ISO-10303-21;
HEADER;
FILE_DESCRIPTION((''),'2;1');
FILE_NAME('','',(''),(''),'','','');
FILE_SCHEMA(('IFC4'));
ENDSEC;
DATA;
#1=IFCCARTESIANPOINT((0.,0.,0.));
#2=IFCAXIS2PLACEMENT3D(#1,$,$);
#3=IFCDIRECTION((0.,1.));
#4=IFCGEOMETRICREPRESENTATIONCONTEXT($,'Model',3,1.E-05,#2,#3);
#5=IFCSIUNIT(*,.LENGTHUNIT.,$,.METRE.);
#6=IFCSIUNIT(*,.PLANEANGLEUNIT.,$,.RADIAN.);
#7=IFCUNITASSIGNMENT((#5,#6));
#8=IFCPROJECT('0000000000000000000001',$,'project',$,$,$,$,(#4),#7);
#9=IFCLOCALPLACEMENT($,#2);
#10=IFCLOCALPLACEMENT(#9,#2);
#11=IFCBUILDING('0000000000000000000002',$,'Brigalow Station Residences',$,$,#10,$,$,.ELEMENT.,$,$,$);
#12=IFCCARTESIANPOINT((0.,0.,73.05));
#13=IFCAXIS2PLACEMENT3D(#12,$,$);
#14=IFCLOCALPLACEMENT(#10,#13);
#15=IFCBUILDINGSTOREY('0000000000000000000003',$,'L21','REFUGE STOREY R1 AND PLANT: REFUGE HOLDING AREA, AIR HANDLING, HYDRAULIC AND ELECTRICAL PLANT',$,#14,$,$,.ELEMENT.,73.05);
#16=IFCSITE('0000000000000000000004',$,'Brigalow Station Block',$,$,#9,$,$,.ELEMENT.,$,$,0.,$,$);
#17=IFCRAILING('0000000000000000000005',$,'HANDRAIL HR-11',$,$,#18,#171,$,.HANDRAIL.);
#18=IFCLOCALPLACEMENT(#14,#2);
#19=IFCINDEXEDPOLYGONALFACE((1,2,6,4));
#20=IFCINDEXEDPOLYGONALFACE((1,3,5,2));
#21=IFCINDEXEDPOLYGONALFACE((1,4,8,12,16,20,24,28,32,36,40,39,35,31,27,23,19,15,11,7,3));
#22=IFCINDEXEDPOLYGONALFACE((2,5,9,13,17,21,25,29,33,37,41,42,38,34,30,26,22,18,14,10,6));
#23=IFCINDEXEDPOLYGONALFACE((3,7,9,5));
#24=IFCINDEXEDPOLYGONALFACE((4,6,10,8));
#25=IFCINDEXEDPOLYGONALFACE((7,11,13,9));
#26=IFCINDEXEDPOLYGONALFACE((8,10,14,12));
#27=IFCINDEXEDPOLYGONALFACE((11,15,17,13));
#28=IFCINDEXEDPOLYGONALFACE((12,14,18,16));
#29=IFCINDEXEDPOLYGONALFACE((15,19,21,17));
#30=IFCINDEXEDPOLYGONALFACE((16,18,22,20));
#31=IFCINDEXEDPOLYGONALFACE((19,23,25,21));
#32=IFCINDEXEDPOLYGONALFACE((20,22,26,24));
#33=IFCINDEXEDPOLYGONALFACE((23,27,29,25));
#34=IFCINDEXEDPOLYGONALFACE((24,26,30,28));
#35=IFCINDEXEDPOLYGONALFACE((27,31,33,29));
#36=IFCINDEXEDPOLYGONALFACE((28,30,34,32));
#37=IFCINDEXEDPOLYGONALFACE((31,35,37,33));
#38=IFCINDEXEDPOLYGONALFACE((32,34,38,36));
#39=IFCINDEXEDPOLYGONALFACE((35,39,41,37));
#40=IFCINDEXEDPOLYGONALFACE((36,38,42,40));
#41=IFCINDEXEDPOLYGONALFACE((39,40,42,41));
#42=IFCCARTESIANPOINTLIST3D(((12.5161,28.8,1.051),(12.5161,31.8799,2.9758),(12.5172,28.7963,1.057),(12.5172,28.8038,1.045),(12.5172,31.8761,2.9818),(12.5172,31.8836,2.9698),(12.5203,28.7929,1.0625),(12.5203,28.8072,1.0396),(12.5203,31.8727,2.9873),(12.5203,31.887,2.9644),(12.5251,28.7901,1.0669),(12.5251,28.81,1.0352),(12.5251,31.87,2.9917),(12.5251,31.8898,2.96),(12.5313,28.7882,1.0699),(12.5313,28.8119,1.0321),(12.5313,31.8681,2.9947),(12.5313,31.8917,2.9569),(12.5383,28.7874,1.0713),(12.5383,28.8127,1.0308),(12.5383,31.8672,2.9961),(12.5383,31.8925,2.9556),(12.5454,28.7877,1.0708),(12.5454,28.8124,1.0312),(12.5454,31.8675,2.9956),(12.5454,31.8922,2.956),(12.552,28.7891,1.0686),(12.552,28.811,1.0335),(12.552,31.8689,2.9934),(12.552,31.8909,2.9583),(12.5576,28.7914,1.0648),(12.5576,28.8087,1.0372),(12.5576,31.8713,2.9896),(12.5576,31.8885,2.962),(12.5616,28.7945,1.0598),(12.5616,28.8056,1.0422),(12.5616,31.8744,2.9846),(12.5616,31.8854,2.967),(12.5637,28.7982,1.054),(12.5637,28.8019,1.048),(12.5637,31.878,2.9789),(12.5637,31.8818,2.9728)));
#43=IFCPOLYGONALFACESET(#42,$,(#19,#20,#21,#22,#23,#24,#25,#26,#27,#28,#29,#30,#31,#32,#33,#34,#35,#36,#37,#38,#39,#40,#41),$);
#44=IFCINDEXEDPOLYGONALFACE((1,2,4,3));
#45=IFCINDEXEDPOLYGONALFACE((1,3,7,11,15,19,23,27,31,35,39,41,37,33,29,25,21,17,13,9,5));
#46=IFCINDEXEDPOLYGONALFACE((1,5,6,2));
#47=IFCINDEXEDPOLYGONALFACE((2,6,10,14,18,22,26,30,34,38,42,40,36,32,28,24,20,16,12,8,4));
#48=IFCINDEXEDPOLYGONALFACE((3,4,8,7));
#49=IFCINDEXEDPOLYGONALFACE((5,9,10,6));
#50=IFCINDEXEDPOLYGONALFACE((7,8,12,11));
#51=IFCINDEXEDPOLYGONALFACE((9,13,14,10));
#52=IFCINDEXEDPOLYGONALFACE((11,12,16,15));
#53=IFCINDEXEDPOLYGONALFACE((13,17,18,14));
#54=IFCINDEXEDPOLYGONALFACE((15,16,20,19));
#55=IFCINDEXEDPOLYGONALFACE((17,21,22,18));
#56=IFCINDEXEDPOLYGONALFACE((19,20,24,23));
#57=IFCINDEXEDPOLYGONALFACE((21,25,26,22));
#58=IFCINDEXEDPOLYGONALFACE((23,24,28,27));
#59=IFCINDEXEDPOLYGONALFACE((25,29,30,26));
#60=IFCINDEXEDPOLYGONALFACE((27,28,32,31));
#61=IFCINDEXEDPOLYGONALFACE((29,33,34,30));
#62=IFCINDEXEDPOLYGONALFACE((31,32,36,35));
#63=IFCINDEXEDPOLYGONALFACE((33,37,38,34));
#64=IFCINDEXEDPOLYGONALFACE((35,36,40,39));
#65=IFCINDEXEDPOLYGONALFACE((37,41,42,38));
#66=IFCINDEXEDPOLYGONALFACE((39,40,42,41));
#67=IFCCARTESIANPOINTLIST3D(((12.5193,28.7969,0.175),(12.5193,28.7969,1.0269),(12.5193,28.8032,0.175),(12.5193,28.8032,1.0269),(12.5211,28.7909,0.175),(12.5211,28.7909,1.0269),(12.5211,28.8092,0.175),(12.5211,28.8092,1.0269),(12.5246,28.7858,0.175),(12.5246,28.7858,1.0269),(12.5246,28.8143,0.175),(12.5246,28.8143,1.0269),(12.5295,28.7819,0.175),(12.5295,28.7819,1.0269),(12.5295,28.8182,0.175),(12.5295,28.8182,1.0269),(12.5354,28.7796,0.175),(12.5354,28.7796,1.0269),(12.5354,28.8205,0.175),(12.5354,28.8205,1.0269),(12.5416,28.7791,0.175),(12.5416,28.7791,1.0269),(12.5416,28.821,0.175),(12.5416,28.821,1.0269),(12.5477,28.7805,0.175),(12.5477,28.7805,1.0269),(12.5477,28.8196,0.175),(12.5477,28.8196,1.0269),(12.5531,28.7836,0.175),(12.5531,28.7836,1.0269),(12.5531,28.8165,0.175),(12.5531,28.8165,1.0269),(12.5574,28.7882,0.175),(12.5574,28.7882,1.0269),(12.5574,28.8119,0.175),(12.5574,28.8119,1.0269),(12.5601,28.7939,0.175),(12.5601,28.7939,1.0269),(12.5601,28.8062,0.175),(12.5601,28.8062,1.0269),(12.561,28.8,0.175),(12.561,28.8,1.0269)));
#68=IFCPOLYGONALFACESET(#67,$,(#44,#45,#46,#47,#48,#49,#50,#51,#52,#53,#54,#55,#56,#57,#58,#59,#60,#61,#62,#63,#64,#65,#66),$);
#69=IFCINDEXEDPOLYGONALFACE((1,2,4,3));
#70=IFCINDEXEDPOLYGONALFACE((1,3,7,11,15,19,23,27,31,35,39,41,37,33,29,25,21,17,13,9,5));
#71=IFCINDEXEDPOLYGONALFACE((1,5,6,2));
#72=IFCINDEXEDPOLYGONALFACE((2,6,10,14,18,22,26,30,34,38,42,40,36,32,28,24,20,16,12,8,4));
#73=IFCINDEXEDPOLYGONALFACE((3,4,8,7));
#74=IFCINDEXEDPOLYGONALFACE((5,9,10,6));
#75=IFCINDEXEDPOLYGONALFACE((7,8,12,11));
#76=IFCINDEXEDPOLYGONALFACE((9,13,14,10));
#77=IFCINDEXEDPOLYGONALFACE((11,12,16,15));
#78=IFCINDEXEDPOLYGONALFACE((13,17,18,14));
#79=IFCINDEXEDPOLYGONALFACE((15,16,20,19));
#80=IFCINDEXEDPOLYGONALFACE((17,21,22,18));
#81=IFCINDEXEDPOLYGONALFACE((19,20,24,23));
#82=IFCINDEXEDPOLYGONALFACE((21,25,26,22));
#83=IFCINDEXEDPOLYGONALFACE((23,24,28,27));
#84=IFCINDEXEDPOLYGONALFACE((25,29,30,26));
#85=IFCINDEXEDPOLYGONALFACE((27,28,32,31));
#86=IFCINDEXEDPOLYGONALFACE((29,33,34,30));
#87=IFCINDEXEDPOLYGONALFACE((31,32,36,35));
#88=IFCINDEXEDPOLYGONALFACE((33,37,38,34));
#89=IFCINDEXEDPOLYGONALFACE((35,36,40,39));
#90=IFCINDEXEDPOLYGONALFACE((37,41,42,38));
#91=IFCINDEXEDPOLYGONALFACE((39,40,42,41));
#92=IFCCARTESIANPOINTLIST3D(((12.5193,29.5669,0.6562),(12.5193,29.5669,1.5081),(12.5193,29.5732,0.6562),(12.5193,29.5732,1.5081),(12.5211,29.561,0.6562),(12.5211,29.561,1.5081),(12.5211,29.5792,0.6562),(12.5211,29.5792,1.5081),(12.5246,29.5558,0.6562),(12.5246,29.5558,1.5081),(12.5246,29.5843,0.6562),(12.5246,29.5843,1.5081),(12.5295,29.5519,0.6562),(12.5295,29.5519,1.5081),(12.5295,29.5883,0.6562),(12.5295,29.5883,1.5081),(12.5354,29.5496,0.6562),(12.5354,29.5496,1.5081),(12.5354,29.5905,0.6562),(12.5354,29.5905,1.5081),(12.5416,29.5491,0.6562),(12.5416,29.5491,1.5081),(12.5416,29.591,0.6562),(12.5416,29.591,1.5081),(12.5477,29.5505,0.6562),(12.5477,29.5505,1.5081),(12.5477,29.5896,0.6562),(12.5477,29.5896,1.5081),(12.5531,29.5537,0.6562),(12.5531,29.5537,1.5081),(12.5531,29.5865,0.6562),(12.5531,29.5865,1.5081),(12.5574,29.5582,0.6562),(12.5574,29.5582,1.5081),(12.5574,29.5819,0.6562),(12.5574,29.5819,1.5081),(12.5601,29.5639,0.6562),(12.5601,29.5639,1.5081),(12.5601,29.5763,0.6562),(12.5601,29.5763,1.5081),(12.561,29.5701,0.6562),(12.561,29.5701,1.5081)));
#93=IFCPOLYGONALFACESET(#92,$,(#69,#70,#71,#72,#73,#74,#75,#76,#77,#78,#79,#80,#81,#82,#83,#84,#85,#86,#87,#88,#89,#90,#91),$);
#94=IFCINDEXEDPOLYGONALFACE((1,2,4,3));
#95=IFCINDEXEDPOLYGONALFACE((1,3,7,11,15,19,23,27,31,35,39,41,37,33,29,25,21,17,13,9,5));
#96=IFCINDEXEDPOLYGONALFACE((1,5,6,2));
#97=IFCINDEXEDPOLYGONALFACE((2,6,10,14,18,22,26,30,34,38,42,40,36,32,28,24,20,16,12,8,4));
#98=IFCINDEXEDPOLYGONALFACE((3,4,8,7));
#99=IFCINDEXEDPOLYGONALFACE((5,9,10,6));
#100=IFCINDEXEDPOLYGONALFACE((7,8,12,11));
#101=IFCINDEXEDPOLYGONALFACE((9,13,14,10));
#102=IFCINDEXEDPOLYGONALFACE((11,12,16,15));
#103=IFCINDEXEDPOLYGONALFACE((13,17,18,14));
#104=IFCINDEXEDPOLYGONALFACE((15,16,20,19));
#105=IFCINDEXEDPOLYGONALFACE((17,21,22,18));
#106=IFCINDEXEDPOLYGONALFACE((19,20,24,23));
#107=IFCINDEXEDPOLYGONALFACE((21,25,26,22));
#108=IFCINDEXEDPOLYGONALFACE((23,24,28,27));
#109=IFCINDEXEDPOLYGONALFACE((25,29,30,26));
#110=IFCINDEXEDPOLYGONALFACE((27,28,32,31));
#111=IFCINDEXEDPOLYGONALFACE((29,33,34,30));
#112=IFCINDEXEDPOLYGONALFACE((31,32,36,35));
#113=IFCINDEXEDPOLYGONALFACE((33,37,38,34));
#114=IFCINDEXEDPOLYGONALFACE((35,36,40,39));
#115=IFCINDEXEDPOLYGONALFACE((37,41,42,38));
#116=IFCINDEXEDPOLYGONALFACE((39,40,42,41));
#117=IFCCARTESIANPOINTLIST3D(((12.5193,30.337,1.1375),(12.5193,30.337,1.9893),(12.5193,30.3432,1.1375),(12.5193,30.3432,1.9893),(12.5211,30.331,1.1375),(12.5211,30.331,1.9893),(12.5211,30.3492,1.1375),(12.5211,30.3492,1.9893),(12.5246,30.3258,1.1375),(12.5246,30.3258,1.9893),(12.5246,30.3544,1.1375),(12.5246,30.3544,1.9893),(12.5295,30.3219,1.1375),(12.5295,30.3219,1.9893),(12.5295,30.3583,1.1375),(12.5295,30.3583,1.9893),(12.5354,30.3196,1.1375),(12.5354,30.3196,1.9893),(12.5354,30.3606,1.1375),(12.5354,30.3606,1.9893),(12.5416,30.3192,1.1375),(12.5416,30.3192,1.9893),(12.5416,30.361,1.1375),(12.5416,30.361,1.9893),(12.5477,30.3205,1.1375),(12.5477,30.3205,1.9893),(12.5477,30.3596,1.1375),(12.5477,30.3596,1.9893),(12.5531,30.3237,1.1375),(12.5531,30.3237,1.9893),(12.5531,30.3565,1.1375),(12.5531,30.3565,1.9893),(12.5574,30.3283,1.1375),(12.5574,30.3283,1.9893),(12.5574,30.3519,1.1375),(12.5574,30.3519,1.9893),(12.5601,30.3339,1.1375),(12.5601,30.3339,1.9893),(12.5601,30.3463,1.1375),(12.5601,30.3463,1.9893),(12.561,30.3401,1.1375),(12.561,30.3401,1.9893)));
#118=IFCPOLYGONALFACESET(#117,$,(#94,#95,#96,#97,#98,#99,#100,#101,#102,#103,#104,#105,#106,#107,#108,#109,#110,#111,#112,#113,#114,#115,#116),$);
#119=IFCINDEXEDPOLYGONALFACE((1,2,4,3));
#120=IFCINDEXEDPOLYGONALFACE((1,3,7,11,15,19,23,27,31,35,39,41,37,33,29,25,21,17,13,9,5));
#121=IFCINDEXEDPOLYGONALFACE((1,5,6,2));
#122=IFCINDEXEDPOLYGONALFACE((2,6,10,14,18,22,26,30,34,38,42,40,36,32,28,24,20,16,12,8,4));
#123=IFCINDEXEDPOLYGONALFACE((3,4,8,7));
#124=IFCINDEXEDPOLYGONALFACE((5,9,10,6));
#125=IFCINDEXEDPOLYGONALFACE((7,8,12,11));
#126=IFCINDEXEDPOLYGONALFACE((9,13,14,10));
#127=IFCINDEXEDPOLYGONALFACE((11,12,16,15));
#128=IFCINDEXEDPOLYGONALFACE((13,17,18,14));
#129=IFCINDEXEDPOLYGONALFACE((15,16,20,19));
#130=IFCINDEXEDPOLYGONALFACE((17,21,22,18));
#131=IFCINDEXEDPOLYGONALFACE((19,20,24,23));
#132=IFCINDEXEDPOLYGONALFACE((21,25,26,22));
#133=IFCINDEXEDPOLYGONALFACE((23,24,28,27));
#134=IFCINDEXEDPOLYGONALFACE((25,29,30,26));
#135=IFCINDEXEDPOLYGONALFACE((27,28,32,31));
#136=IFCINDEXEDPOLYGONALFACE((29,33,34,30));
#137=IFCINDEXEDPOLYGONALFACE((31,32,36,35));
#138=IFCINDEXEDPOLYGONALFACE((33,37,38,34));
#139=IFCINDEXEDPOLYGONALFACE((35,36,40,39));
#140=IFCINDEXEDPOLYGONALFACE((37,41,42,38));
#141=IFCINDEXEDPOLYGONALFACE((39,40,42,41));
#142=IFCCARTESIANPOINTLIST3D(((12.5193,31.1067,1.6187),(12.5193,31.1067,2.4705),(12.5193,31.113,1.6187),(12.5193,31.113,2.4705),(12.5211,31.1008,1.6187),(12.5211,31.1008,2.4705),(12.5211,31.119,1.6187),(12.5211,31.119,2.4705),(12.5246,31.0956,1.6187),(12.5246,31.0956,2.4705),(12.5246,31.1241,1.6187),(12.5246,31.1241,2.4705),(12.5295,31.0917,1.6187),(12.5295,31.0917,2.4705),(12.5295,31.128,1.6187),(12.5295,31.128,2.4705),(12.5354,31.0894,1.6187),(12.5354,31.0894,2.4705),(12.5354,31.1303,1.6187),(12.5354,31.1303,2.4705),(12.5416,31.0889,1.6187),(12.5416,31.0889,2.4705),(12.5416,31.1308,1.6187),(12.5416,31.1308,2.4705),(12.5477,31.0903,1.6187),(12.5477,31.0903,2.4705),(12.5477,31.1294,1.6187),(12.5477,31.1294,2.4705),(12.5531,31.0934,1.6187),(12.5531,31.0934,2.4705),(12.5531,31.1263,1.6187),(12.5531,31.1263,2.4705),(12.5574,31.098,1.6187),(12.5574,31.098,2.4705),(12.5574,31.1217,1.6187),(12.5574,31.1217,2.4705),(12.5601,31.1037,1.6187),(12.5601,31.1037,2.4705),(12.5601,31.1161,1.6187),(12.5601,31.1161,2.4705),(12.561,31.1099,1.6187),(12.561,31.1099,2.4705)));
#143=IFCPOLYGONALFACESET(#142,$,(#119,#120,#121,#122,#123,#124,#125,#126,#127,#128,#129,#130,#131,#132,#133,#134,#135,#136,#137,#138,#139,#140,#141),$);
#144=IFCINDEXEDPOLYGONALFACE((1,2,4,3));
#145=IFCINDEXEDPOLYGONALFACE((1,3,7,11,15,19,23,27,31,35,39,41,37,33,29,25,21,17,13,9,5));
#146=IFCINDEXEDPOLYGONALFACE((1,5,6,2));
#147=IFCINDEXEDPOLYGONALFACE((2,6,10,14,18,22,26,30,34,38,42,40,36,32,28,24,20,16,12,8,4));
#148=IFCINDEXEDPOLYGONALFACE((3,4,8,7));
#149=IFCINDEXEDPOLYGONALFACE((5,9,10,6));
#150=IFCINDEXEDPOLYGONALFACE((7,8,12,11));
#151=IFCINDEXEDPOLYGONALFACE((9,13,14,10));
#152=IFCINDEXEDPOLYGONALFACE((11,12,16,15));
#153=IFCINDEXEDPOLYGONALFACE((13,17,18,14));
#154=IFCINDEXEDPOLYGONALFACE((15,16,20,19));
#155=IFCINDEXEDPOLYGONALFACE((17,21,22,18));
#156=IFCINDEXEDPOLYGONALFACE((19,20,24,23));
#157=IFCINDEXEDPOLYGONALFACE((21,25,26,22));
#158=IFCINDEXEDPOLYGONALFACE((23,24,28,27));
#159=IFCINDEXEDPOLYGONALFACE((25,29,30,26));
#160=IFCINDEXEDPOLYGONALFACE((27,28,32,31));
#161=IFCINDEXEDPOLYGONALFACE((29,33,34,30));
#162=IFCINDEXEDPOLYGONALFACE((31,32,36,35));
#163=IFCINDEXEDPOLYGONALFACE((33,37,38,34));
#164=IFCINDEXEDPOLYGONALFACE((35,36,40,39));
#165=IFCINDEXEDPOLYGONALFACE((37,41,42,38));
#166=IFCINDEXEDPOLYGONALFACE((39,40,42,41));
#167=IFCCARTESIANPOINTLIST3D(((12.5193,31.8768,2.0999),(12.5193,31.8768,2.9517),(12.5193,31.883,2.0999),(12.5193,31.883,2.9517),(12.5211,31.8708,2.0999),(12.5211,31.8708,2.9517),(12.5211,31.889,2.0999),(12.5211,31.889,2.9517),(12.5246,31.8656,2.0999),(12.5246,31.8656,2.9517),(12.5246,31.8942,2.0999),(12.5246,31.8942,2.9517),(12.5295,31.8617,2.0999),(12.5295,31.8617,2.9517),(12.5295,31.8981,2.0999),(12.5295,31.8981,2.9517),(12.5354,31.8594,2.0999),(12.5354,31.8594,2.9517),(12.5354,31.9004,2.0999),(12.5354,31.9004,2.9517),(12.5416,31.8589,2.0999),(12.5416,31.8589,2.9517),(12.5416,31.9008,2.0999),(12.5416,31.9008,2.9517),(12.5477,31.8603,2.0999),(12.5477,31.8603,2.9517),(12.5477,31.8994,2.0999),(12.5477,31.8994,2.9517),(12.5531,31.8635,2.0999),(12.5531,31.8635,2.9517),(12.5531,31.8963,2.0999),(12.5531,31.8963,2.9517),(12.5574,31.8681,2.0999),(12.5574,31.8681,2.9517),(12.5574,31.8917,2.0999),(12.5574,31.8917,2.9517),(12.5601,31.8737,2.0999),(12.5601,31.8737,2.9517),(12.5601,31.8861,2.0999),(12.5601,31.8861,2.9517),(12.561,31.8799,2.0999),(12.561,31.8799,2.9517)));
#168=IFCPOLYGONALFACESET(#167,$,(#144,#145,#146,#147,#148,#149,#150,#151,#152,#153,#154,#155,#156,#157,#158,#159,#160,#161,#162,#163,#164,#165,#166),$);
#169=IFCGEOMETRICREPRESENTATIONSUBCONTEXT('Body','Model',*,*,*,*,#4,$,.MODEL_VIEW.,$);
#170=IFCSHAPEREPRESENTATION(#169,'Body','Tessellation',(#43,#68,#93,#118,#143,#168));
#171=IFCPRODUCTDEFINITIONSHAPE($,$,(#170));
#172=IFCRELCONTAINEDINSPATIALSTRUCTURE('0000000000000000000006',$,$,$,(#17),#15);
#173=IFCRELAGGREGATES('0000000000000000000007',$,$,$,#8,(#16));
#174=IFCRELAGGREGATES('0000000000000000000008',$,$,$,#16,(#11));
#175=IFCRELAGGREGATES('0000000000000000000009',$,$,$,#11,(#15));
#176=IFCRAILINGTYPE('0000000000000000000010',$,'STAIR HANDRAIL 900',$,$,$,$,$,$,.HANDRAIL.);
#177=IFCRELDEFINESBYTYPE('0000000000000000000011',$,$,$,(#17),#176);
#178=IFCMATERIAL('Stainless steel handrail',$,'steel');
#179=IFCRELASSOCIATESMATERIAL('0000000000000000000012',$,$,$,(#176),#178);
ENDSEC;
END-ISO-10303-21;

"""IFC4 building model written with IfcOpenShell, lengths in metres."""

from ifc_helpers import new_model, si_unit, direction, frame, origin, origin_2d, place, context, subcontext, project, spatial, circle, extrude, material, type_object, element, save


model = new_model("IFC4")

# Units and contexts
model_context = context("Model", 3, precision=1e-05, world=origin(), true_north=direction((0.0, 1.0)))
body_context = subcontext(model_context, "Body", "Model", "MODEL_VIEW")
ifc_project = project(units=[si_unit("LENGTHUNIT", "METRE"), si_unit("PLANEANGLEUNIT", "RADIAN")], contexts=[model_context])

# Site, building, storey
site_placement = place(None, origin())
site = spatial("IfcSite", under=ifc_project, at=site_placement, Name="Brigalow Station Block", CompositionType="ELEMENT", RefElevation=0.0)
building_placement = place(site_placement, origin())
building = spatial("IfcBuilding", under=site, at=building_placement, Name="Brigalow Station Residences", CompositionType="ELEMENT")
storey_placement = place(building_placement, frame((0.0, 0.0, 73.05)))
storey = spatial("IfcBuildingStorey", under=building, at=storey_placement, Name="L21", Description="REFUGE STOREY R1 AND PLANT: REFUGE HOLDING AREA, AIR HANDLING, HYDRAULIC AND ELECTRICAL PLANT", CompositionType="ELEMENT", Elevation=73.05)

# Railing
ifc_material_1 = material(Name="Stainless steel handrail", Category="steel")
railing_type = type_object("IfcRailingType", Name="STAIR HANDRAIL 900", PredefinedType="HANDRAIL", material=ifc_material_1)
railing_placement = place(storey_placement, frame((12.54, 28.8, 0.175)))
element("IfcRailing", 1, at=railing_placement, inside=storey, type_object=railing_type, Name="HANDRAIL HR-11", PredefinedType="HANDRAIL", context=body_context, shape_type="SweptSolid", body=[
    extrude(circle(Radius=0.0239, at=origin_2d()), frame((0.0, 0.0, 0.876), z_axis=(0.0, 0.84801, 0.529981), x_axis=(-1.0, 0.0, 0.0)), (0.0, 0.0, 1.0), 3.6318),
    extrude(circle(Radius=0.021, at=origin_2d()), origin(), (0.0, 0.0, 1.0), 0.8518),
    extrude(circle(Radius=0.021, at=origin_2d()), frame((0.0, 0.77, 0.4812)), (0.0, 0.0, 1.0), 0.8518),
    extrude(circle(Radius=0.021, at=origin_2d()), frame((0.0, 1.54, 0.9624)), (0.0, 0.0, 1.0), 0.8518),
    extrude(circle(Radius=0.021, at=origin_2d()), frame((0.0, 2.3098, 1.4436)), (0.0, 0.0, 1.0), 0.8518),
    extrude(circle(Radius=0.021, at=origin_2d()), frame((0.0, 3.0798, 1.9248)), (0.0, 0.0, 1.0), 0.8518),
])

save(model, "model.ifc")
